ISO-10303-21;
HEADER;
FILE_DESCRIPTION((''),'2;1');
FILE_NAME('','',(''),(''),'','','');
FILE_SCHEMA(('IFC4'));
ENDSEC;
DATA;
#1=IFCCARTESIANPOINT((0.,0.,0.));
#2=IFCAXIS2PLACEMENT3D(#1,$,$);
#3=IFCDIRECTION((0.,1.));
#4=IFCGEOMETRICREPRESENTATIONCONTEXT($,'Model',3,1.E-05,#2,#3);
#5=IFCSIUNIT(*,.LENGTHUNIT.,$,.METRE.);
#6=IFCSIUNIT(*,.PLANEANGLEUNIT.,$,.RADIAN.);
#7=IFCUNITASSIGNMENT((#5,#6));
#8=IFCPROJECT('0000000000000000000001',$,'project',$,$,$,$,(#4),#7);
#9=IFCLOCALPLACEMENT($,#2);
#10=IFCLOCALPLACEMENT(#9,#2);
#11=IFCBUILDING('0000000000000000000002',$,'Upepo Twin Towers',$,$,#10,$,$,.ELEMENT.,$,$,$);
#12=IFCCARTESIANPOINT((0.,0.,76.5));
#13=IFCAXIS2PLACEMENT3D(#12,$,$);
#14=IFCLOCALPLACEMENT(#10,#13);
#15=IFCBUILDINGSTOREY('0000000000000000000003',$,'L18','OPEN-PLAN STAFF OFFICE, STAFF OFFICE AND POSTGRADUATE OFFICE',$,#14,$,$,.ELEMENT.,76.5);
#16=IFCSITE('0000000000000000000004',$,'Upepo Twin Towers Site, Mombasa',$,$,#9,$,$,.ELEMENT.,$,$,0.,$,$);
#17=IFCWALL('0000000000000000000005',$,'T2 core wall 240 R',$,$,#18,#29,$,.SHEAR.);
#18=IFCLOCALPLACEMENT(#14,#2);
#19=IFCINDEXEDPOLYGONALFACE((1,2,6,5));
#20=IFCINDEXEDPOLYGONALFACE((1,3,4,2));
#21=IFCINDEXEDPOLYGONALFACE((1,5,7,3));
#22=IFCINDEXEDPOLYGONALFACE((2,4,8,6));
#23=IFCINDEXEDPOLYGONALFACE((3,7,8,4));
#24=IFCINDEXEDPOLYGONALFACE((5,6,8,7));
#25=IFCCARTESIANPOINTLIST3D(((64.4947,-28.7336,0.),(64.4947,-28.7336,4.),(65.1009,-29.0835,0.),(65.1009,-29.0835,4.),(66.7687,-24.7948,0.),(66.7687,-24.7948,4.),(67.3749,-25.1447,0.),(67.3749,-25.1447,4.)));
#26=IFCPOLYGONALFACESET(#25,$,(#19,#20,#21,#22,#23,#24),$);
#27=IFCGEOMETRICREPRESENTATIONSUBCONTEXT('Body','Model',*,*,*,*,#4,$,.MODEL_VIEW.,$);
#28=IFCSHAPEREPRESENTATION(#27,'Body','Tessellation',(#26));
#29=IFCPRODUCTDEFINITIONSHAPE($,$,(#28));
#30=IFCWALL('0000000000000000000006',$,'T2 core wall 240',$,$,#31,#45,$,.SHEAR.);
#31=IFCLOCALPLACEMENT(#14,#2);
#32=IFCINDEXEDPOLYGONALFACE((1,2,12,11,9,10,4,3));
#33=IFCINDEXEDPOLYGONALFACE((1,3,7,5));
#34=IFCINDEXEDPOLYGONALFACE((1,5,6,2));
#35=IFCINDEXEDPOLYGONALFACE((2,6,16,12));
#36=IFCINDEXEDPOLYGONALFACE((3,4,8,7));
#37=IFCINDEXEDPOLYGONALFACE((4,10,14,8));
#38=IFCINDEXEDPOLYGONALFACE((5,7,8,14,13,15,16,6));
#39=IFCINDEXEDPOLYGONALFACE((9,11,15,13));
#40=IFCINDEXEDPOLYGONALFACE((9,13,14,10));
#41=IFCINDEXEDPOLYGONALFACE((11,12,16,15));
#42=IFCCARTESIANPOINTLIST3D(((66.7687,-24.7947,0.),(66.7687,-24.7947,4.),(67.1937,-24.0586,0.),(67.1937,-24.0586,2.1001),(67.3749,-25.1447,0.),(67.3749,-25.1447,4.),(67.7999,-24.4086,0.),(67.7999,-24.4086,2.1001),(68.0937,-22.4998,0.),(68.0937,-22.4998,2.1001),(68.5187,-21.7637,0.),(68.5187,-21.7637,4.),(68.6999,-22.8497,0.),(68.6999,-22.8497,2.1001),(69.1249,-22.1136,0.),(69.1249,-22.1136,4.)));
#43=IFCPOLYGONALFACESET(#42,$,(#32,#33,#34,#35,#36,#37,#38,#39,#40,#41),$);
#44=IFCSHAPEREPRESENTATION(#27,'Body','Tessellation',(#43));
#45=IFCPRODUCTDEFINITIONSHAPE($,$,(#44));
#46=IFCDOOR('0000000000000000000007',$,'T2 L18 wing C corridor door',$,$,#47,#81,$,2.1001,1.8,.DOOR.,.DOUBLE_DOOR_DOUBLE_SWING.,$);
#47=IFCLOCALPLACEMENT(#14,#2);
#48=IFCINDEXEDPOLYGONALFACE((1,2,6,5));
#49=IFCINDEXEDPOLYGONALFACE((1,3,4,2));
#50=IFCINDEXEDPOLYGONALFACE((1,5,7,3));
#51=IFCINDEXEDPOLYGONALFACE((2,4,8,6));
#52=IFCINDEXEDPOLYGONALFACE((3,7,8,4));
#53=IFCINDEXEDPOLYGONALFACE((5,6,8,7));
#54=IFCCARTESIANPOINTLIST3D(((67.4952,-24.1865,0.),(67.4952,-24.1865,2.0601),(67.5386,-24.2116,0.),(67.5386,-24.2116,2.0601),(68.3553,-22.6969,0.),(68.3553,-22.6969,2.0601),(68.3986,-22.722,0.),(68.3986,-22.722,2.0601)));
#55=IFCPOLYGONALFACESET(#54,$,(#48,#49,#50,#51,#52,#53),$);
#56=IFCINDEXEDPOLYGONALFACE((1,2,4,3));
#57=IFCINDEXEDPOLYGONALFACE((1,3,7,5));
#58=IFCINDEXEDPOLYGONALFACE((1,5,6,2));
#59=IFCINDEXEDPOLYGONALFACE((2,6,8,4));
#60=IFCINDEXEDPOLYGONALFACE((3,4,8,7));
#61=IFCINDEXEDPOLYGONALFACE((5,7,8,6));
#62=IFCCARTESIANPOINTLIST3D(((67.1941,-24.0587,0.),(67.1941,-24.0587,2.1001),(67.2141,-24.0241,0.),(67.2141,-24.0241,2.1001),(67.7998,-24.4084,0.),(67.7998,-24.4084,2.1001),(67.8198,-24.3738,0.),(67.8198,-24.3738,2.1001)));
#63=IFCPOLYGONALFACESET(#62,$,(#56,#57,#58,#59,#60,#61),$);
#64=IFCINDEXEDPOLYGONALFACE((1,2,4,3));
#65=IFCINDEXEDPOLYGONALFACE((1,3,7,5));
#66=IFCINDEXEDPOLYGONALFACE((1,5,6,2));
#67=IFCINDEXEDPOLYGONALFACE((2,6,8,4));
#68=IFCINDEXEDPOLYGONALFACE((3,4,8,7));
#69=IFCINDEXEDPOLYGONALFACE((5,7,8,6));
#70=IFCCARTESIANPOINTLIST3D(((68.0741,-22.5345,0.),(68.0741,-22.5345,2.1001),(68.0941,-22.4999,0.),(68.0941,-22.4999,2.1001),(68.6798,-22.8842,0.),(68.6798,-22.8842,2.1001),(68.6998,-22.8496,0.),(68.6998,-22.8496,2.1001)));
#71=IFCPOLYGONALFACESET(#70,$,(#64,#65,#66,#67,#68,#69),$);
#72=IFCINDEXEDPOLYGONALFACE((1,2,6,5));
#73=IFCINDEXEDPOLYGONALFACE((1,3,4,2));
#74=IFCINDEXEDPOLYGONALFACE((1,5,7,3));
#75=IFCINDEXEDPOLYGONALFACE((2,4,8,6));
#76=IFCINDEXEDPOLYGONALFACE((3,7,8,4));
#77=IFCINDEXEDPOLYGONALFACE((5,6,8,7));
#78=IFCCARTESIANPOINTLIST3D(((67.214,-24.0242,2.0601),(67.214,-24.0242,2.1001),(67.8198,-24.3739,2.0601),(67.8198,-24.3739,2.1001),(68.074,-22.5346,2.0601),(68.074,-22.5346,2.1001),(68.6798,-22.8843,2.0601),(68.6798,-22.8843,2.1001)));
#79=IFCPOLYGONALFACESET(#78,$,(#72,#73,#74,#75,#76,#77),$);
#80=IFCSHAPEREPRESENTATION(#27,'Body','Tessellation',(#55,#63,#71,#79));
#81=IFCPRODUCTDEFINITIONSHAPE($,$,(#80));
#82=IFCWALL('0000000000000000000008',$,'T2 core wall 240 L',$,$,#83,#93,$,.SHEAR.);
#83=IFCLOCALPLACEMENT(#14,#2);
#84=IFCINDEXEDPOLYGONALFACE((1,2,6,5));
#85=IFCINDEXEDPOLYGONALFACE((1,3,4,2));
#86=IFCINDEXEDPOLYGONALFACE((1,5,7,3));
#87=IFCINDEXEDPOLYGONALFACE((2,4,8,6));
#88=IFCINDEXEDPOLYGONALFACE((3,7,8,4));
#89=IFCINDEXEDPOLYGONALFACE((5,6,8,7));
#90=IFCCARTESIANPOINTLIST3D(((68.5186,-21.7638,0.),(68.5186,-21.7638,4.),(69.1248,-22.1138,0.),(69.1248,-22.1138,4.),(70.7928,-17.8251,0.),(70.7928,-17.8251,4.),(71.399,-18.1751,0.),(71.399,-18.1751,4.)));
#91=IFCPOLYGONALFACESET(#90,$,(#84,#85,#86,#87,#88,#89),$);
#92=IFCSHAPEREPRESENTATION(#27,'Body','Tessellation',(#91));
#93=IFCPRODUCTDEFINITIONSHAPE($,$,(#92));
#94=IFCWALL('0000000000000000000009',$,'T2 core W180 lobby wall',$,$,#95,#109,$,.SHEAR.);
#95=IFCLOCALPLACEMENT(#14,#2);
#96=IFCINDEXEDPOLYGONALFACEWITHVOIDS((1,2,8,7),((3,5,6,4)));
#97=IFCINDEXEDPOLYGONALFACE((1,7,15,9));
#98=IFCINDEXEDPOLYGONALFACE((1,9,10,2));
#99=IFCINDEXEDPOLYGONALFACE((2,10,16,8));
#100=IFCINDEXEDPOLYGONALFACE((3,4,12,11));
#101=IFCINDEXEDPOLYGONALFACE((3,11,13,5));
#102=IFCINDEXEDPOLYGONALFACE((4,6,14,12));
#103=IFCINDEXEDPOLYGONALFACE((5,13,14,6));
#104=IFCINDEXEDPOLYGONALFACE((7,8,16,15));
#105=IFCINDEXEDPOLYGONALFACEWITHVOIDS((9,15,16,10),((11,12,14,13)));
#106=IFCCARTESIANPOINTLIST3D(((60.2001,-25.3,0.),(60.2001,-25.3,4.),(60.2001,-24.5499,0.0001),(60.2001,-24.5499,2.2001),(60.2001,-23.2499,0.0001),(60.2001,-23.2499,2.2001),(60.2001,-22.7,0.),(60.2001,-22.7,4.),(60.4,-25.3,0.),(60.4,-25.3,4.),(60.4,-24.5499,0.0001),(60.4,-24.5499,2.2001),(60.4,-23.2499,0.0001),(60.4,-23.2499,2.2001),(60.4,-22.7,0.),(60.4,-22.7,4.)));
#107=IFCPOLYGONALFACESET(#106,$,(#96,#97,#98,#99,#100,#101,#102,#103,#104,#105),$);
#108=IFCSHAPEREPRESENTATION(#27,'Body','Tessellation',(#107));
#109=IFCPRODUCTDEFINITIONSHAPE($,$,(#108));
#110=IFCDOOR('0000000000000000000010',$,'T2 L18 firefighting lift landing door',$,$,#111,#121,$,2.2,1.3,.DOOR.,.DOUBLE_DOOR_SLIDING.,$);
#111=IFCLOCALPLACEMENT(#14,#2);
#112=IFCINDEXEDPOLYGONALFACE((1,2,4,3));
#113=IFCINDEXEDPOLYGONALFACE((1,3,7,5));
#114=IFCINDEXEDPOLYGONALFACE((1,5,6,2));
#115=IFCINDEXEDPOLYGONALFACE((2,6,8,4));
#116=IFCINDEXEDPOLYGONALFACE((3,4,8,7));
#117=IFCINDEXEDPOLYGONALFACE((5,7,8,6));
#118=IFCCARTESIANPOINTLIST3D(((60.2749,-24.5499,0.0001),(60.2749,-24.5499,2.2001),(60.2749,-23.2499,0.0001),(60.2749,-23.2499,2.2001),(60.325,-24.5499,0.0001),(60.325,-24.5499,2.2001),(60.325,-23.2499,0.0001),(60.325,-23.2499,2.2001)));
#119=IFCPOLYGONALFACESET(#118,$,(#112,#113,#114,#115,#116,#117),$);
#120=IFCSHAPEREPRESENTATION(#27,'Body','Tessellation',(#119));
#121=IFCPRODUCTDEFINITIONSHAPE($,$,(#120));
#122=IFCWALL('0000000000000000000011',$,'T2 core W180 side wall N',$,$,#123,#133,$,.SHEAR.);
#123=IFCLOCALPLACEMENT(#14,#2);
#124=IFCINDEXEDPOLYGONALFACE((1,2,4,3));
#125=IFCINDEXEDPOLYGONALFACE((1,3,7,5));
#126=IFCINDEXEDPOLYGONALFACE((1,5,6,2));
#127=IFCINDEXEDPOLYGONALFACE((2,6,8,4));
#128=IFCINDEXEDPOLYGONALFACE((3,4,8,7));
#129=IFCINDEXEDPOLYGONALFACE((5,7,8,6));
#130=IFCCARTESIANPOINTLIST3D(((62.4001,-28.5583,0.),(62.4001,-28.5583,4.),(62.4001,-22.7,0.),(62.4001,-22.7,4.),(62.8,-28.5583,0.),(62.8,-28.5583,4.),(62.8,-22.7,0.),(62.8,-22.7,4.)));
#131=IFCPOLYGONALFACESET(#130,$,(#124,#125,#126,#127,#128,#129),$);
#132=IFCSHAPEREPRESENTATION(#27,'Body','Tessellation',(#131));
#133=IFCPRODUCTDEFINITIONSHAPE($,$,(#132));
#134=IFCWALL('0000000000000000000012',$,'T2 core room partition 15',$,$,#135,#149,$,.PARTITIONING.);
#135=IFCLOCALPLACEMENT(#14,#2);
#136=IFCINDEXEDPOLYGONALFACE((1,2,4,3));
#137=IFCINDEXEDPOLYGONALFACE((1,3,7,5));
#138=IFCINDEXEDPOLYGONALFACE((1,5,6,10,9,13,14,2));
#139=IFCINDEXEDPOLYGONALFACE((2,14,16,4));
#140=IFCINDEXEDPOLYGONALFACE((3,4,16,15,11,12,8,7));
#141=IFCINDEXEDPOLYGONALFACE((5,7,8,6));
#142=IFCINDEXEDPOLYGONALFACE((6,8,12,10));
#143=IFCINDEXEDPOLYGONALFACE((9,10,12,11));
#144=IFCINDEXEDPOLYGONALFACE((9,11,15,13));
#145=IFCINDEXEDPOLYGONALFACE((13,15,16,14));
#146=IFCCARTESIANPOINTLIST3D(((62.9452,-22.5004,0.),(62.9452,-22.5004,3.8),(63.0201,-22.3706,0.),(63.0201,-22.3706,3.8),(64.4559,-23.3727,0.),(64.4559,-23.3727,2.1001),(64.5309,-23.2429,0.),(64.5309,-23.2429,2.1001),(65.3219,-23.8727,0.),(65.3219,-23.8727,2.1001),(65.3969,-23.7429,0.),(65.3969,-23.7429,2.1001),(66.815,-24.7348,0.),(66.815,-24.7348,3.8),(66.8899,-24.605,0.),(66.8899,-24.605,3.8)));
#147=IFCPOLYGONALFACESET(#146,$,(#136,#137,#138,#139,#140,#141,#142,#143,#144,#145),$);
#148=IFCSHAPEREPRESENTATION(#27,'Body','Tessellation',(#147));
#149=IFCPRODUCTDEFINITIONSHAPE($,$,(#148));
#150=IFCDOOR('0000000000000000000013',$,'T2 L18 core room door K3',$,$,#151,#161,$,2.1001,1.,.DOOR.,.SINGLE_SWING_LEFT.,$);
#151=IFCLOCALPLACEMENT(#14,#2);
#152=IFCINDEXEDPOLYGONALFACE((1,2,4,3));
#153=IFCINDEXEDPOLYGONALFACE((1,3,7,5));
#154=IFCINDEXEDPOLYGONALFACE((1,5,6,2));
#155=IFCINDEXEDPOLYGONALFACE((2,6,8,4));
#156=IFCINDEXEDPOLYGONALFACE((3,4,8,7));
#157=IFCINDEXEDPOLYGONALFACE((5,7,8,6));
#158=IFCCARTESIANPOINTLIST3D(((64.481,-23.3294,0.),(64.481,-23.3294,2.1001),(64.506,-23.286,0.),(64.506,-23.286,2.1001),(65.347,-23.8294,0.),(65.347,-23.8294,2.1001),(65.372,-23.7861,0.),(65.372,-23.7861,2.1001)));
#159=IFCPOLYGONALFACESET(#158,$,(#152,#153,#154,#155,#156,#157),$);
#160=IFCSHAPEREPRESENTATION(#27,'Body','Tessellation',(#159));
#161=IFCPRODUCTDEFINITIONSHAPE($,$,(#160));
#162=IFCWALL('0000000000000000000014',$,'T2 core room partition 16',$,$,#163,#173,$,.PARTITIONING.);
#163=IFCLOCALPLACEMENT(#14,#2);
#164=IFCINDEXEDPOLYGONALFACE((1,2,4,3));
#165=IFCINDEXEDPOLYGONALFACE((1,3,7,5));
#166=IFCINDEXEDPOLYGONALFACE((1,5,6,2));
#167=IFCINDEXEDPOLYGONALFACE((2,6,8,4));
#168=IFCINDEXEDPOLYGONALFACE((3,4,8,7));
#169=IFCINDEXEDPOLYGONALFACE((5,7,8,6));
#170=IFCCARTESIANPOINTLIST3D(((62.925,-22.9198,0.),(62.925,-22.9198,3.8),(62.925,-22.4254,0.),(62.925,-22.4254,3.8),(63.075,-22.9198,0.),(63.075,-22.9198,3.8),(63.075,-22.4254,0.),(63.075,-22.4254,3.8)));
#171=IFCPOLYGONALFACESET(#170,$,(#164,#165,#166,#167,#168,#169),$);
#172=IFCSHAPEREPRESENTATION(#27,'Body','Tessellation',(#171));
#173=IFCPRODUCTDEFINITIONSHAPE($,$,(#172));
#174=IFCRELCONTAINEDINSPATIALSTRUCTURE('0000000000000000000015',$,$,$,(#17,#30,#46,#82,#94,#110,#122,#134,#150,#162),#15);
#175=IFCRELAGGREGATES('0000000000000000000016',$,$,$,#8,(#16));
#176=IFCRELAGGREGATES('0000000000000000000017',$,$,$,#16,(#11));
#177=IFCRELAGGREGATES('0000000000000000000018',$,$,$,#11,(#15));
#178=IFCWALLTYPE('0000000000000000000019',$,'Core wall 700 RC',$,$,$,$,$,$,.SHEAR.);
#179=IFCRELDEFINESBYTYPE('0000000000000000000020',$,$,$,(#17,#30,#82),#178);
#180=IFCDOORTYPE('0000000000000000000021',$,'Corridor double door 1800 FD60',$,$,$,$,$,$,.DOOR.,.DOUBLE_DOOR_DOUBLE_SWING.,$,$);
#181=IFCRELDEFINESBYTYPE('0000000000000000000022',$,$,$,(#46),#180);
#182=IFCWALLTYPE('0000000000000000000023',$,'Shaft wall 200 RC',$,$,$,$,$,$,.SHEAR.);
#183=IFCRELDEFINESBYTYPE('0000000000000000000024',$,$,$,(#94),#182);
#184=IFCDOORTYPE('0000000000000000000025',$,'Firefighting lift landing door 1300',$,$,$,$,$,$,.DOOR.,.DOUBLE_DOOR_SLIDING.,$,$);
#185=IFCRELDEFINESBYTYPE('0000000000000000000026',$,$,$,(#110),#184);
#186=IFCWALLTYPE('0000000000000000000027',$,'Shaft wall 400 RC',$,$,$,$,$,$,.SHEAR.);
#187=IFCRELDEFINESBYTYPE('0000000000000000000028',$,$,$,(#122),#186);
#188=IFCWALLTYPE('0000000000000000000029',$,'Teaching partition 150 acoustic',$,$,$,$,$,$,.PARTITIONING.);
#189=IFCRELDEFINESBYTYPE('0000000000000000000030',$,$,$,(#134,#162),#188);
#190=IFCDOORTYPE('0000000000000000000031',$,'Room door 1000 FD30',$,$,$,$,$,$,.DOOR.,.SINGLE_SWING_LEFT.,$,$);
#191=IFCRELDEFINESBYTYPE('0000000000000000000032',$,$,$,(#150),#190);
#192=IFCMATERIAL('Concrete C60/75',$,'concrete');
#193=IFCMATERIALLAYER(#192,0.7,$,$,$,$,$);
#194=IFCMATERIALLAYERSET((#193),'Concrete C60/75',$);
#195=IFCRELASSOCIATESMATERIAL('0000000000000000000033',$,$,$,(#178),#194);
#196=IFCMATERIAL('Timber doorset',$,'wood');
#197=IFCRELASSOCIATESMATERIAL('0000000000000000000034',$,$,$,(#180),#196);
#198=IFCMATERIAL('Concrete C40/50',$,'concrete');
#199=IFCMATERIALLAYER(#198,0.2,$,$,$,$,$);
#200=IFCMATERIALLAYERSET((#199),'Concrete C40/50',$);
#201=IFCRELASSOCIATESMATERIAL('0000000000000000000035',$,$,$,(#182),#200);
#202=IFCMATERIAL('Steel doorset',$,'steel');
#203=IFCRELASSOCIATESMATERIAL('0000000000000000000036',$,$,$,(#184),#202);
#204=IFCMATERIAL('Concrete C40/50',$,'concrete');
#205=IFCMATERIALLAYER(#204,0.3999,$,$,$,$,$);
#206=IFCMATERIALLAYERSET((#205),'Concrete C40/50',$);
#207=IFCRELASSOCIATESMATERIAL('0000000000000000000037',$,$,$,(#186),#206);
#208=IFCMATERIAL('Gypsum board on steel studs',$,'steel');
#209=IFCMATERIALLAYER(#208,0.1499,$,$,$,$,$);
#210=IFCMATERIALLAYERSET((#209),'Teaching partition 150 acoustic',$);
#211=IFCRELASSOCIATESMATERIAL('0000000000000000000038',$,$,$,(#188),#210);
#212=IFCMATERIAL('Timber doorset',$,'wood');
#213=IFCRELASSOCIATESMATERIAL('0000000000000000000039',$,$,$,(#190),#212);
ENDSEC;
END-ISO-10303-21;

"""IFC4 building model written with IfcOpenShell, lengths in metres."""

from ifc_helpers import new_model, si_unit, direction, frame, frame_2d, origin, place, context, subcontext, project, spatial, rectangle, extrude, material, layer, layer_set, type_object, element, fill, save


model = new_model("IFC4")

# Units and contexts
model_context = context("Model", 3, precision=1e-05, world=origin(), true_north=direction((0.0, 1.0)))
body_context = subcontext(model_context, "Body", "Model", "MODEL_VIEW")
ifc_project = project(units=[si_unit("LENGTHUNIT", "METRE"), si_unit("PLANEANGLEUNIT", "RADIAN")], contexts=[model_context])

# Site, building, storey
site_placement = place(None, origin())
site = spatial("IfcSite", under=ifc_project, at=site_placement, Name="Upepo Twin Towers Site, Mombasa", CompositionType="ELEMENT", RefElevation=0.0)
building_placement = place(site_placement, origin())
building = spatial("IfcBuilding", under=site, at=building_placement, Name="Upepo Twin Towers", CompositionType="ELEMENT")
storey_placement = place(building_placement, frame((0.0, 0.0, 76.5)))
storey = spatial("IfcBuildingStorey", under=building, at=storey_placement, Name="L18", Description="OPEN-PLAN STAFF OFFICE, STAFF OFFICE AND POSTGRADUATE OFFICE", CompositionType="ELEMENT", Elevation=76.5)

# Wall
ifc_material_1 = material(Name="Concrete C60/75", Category="concrete")
ifc_layer_1 = layer(ifc_material_1, 0.7)
ifc_layer_set_1 = layer_set([ifc_layer_1], Name="Concrete C60/75")
wall_type_1 = type_object("IfcWallType", Name="Core wall 700 RC", PredefinedType="SHEAR", material=ifc_layer_set_1)
wall_1_placement = place(storey_placement, frame((64.7979, -28.9084, 0.0), z_axis=(0.0, 0.0, 1.0), x_axis=(0.499984, 0.866035, 0.0)))
element("IfcWall", 1, at=wall_1_placement, inside=storey, type_object=wall_type_1, Name="T2 core wall 240 R", PredefinedType="SHEAR", context=body_context, shape_type="SweptSolid", body=[
    extrude(rectangle(XDim=4.5481, YDim=0.7, at=frame_2d((2.2739, 0.0))), origin(), (0.0, 0.0, 1.0), 4.0),
])

# Wall, opening, door
wall_2_placement = place(storey_placement, frame((67.0718, -24.9697, 0.0), z_axis=(0.0, 0.0, 1.0), x_axis=(0.50001, 0.866019, 0.0)))
wall_2 = element("IfcWall", 2, at=wall_2_placement, inside=storey, type_object=wall_type_1, Name="T2 core wall 240", PredefinedType="SHEAR", context=body_context, shape_type="SweptSolid", body=[
    extrude(rectangle(XDim=3.5, YDim=0.7, at=frame_2d((1.75, 0.0))), origin(), (0.0, 0.0, 1.0), 4.0),
])
opening_1_placement = place(wall_2_placement, frame((0.8501, 0.0, 0.0)))
opening_1 = element("IfcOpeningElement", 3, at=opening_1_placement, cuts=wall_2, PredefinedType="OPENING", context=body_context, shape_type="SweptSolid", body=[
    extrude(rectangle(XDim=1.8, YDim=2.1001, at=frame_2d((0.8999, 1.05))), frame((0.0, 0.3599, 0.0), z_axis=(0.0, -1.0, 0.0), x_axis=(1.0, 0.0, 0.0)), (0.0, 0.0, 1.0), 0.72),
])
ifc_material_2 = material(Name="Timber doorset", Category="wood")
door_type_1 = type_object("IfcDoorType", Name="Corridor double door 1800 FD60", OperationType="DOUBLE_DOOR_DOUBLE_SWING", PredefinedType="DOOR", material=ifc_material_2)
door_1_placement = place(opening_1_placement, origin())
door_1 = element("IfcDoor", 4, at=door_1_placement, inside=storey, type_object=door_type_1, Name="T2 L18 wing C corridor door", OperationType="DOUBLE_DOOR_DOUBLE_SWING", OverallHeight=2.1001, OverallWidth=1.8, PredefinedType="DOOR", context=body_context, shape_type="SweptSolid", body=[
    extrude(rectangle(XDim=1.72, YDim=2.0601, at=frame_2d((0.8999, 1.03))), frame((0.0, 0.0249, 0.0), z_axis=(0.0, -1.0, 0.0), x_axis=(1.0, 0.0, 0.0)), (0.0, 0.0, 1.0), 0.05),
    extrude(rectangle(XDim=0.04, YDim=2.1001, at=frame_2d((0.02, 1.05))), frame((0.0, 0.3496, 0.0), z_axis=(0.0, -1.0, 0.0), x_axis=(1.0, 0.0, 0.0)), (0.0, 0.0, 1.0), 0.6995),
    extrude(rectangle(XDim=0.04, YDim=2.1001, at=frame_2d((1.78, 1.05))), frame((0.0, 0.3496, 0.0), z_axis=(0.0, -1.0, 0.0), x_axis=(1.0, 0.0, 0.0)), (0.0, 0.0, 1.0), 0.6995),
    extrude(rectangle(XDim=1.72, YDim=0.04, at=frame_2d((0.8999, 2.0801))), frame((0.0, 0.3496, 0.0), z_axis=(0.0, -1.0, 0.0), x_axis=(1.0, 0.0, 0.0)), (0.0, 0.0, 1.0), 0.6995),
])
fill(opening_1, door_1)

# Wall
wall_3_placement = place(storey_placement, frame((68.8218, -21.9387, 0.0), z_axis=(0.0, 0.0, 1.0), x_axis=(0.500024, 0.866011, 0.0)))
element("IfcWall", 5, at=wall_3_placement, inside=storey, type_object=wall_type_1, Name="T2 core wall 240 L", PredefinedType="SHEAR", context=body_context, shape_type="SweptSolid", body=[
    extrude(rectangle(XDim=4.5481, YDim=0.7, at=frame_2d((2.2739, 0.0))), origin(), (0.0, 0.0, 1.0), 4.0),
])

# Wall, opening, door
ifc_material_3 = material(Name="Concrete C40/50", Category="concrete")
ifc_layer_2 = layer(ifc_material_3, 0.2)
ifc_layer_set_2 = layer_set([ifc_layer_2], Name="Concrete C40/50")
wall_type_2 = type_object("IfcWallType", Name="Shaft wall 200 RC", PredefinedType="SHEAR", material=ifc_layer_set_2)
wall_4_placement = place(storey_placement, frame((60.3, -22.7, 0.0), z_axis=(0.0, 0.0, 1.0), x_axis=(0.0, -1.0, 0.0)))
wall_4 = element("IfcWall", 6, at=wall_4_placement, inside=storey, type_object=wall_type_2, Name="T2 core W180 lobby wall", PredefinedType="SHEAR", context=body_context, shape_type="SweptSolid", body=[
    extrude(rectangle(XDim=2.6001, YDim=0.2, at=frame_2d((1.3, 0.0))), origin(), (0.0, 0.0, 1.0), 4.0),
])
opening_2_placement = place(wall_4_placement, frame((0.55, 0.0, 0.0)))
opening_2 = element("IfcOpeningElement", 7, at=opening_2_placement, cuts=wall_4, PredefinedType="OPENING", context=body_context, shape_type="SweptSolid", body=[
    extrude(rectangle(XDim=1.3, YDim=2.2, at=frame_2d((0.6499, 1.1001))), frame((0.0, 0.1099, 0.0), z_axis=(0.0, -1.0, 0.0), x_axis=(1.0, 0.0, 0.0)), (0.0, 0.0, 1.0), 0.22),
])
ifc_material_4 = material(Name="Steel doorset", Category="steel")
door_type_2 = type_object("IfcDoorType", Name="Firefighting lift landing door 1300", OperationType="DOUBLE_DOOR_SLIDING", PredefinedType="DOOR", material=ifc_material_4)
door_2_placement = place(opening_2_placement, origin())
door_2 = element("IfcDoor", 8, at=door_2_placement, inside=storey, type_object=door_type_2, Name="T2 L18 firefighting lift landing door", OperationType="DOUBLE_DOOR_SLIDING", OverallHeight=2.2, OverallWidth=1.3, PredefinedType="DOOR", context=body_context, shape_type="SweptSolid", body=[
    extrude(rectangle(XDim=1.3, YDim=2.2, at=frame_2d((0.6499, 1.1001))), frame((0.0, 0.0249, 0.0), z_axis=(0.0, -1.0, 0.0), x_axis=(1.0, 0.0, 0.0)), (0.0, 0.0, 1.0), 0.05),
])
fill(opening_2, door_2)

# Wall
ifc_material_5 = material(Name="Concrete C40/50", Category="concrete")
ifc_layer_3 = layer(ifc_material_5, 0.3999)
ifc_layer_set_3 = layer_set([ifc_layer_3], Name="Concrete C40/50")
wall_type_3 = type_object("IfcWallType", Name="Shaft wall 400 RC", PredefinedType="SHEAR", material=ifc_layer_set_3)
wall_5_placement = place(storey_placement, frame((62.6001, -22.7, 0.0), z_axis=(0.0, 0.0, 1.0), x_axis=(0.0, -1.0, 0.0)))
element("IfcWall", 9, at=wall_5_placement, inside=storey, type_object=wall_type_3, Name="T2 core W180 side wall N", PredefinedType="SHEAR", context=body_context, shape_type="SweptSolid", body=[
    extrude(rectangle(XDim=5.8584, YDim=0.3999, at=frame_2d((2.9292, 0.0))), origin(), (0.0, 0.0, 1.0), 4.0),
])

# Wall, opening, door
ifc_material_6 = material(Name="Gypsum board on steel studs", Category="steel")
ifc_layer_4 = layer(ifc_material_6, 0.1499)
ifc_layer_set_4 = layer_set([ifc_layer_4], Name="Teaching partition 150 acoustic")
wall_type_4 = type_object("IfcWallType", Name="Teaching partition 150 acoustic", PredefinedType="PARTITIONING", material=ifc_layer_set_4)
wall_6_placement = place(storey_placement, frame((66.8525, -24.6699, 0.0), z_axis=(0.0, 0.0, 1.0), x_axis=(-0.866015, 0.500017, 0.0)))
wall_6 = element("IfcWall", 10, at=wall_6_placement, inside=storey, type_object=wall_type_4, Name="T2 core room partition 15", PredefinedType="PARTITIONING", context=body_context, shape_type="SweptSolid", body=[
    extrude(rectangle(XDim=4.4685, YDim=0.1499, at=frame_2d((2.2344, 0.0))), origin(), (0.0, 0.0, 1.0), 3.8),
])
opening_3_placement = place(wall_6_placement, frame((1.7241, 0.0, 0.0)))
opening_3 = element("IfcOpeningElement", 11, at=opening_3_placement, cuts=wall_6, PredefinedType="OPENING", context=body_context, shape_type="SweptSolid", body=[
    extrude(rectangle(XDim=1.0, YDim=2.1001, at=frame_2d((0.5, 1.05))), frame((0.0, 0.085, 0.0), z_axis=(0.0, -1.0, 0.0), x_axis=(1.0, 0.0, 0.0)), (0.0, 0.0, 1.0), 0.1699),
])
ifc_material_7 = material(Name="Timber doorset", Category="wood")
door_type_3 = type_object("IfcDoorType", Name="Room door 1000 FD30", OperationType="SINGLE_SWING_LEFT", PredefinedType="DOOR", material=ifc_material_7)
door_3_placement = place(opening_3_placement, origin())
door_3 = element("IfcDoor", 12, at=door_3_placement, inside=storey, type_object=door_type_3, Name="T2 L18 core room door K3", OperationType="SINGLE_SWING_LEFT", OverallHeight=2.1001, OverallWidth=1.0, PredefinedType="DOOR", context=body_context, shape_type="SweptSolid", body=[
    extrude(rectangle(XDim=1.0, YDim=2.1001, at=frame_2d((0.5, 1.05))), frame((0.0, 0.0249, 0.0), z_axis=(0.0, -1.0, 0.0), x_axis=(1.0, 0.0, 0.0)), (0.0, 0.0, 1.0), 0.05),
])
fill(opening_3, door_3)

# Wall
wall_7_placement = place(storey_placement, frame((63.0, -22.4255, 0.0), z_axis=(0.0, 0.0, 1.0), x_axis=(0.0, -1.0, 0.0)))
element("IfcWall", 13, at=wall_7_placement, inside=storey, type_object=wall_type_4, Name="T2 core room partition 16", PredefinedType="PARTITIONING", context=body_context, shape_type="SweptSolid", body=[
    extrude(rectangle(XDim=0.4944, YDim=0.1499, at=frame_2d((0.2471, 0.0))), origin(), (0.0, 0.0, 1.0), 3.8),
])

save(model, "model.ifc")
